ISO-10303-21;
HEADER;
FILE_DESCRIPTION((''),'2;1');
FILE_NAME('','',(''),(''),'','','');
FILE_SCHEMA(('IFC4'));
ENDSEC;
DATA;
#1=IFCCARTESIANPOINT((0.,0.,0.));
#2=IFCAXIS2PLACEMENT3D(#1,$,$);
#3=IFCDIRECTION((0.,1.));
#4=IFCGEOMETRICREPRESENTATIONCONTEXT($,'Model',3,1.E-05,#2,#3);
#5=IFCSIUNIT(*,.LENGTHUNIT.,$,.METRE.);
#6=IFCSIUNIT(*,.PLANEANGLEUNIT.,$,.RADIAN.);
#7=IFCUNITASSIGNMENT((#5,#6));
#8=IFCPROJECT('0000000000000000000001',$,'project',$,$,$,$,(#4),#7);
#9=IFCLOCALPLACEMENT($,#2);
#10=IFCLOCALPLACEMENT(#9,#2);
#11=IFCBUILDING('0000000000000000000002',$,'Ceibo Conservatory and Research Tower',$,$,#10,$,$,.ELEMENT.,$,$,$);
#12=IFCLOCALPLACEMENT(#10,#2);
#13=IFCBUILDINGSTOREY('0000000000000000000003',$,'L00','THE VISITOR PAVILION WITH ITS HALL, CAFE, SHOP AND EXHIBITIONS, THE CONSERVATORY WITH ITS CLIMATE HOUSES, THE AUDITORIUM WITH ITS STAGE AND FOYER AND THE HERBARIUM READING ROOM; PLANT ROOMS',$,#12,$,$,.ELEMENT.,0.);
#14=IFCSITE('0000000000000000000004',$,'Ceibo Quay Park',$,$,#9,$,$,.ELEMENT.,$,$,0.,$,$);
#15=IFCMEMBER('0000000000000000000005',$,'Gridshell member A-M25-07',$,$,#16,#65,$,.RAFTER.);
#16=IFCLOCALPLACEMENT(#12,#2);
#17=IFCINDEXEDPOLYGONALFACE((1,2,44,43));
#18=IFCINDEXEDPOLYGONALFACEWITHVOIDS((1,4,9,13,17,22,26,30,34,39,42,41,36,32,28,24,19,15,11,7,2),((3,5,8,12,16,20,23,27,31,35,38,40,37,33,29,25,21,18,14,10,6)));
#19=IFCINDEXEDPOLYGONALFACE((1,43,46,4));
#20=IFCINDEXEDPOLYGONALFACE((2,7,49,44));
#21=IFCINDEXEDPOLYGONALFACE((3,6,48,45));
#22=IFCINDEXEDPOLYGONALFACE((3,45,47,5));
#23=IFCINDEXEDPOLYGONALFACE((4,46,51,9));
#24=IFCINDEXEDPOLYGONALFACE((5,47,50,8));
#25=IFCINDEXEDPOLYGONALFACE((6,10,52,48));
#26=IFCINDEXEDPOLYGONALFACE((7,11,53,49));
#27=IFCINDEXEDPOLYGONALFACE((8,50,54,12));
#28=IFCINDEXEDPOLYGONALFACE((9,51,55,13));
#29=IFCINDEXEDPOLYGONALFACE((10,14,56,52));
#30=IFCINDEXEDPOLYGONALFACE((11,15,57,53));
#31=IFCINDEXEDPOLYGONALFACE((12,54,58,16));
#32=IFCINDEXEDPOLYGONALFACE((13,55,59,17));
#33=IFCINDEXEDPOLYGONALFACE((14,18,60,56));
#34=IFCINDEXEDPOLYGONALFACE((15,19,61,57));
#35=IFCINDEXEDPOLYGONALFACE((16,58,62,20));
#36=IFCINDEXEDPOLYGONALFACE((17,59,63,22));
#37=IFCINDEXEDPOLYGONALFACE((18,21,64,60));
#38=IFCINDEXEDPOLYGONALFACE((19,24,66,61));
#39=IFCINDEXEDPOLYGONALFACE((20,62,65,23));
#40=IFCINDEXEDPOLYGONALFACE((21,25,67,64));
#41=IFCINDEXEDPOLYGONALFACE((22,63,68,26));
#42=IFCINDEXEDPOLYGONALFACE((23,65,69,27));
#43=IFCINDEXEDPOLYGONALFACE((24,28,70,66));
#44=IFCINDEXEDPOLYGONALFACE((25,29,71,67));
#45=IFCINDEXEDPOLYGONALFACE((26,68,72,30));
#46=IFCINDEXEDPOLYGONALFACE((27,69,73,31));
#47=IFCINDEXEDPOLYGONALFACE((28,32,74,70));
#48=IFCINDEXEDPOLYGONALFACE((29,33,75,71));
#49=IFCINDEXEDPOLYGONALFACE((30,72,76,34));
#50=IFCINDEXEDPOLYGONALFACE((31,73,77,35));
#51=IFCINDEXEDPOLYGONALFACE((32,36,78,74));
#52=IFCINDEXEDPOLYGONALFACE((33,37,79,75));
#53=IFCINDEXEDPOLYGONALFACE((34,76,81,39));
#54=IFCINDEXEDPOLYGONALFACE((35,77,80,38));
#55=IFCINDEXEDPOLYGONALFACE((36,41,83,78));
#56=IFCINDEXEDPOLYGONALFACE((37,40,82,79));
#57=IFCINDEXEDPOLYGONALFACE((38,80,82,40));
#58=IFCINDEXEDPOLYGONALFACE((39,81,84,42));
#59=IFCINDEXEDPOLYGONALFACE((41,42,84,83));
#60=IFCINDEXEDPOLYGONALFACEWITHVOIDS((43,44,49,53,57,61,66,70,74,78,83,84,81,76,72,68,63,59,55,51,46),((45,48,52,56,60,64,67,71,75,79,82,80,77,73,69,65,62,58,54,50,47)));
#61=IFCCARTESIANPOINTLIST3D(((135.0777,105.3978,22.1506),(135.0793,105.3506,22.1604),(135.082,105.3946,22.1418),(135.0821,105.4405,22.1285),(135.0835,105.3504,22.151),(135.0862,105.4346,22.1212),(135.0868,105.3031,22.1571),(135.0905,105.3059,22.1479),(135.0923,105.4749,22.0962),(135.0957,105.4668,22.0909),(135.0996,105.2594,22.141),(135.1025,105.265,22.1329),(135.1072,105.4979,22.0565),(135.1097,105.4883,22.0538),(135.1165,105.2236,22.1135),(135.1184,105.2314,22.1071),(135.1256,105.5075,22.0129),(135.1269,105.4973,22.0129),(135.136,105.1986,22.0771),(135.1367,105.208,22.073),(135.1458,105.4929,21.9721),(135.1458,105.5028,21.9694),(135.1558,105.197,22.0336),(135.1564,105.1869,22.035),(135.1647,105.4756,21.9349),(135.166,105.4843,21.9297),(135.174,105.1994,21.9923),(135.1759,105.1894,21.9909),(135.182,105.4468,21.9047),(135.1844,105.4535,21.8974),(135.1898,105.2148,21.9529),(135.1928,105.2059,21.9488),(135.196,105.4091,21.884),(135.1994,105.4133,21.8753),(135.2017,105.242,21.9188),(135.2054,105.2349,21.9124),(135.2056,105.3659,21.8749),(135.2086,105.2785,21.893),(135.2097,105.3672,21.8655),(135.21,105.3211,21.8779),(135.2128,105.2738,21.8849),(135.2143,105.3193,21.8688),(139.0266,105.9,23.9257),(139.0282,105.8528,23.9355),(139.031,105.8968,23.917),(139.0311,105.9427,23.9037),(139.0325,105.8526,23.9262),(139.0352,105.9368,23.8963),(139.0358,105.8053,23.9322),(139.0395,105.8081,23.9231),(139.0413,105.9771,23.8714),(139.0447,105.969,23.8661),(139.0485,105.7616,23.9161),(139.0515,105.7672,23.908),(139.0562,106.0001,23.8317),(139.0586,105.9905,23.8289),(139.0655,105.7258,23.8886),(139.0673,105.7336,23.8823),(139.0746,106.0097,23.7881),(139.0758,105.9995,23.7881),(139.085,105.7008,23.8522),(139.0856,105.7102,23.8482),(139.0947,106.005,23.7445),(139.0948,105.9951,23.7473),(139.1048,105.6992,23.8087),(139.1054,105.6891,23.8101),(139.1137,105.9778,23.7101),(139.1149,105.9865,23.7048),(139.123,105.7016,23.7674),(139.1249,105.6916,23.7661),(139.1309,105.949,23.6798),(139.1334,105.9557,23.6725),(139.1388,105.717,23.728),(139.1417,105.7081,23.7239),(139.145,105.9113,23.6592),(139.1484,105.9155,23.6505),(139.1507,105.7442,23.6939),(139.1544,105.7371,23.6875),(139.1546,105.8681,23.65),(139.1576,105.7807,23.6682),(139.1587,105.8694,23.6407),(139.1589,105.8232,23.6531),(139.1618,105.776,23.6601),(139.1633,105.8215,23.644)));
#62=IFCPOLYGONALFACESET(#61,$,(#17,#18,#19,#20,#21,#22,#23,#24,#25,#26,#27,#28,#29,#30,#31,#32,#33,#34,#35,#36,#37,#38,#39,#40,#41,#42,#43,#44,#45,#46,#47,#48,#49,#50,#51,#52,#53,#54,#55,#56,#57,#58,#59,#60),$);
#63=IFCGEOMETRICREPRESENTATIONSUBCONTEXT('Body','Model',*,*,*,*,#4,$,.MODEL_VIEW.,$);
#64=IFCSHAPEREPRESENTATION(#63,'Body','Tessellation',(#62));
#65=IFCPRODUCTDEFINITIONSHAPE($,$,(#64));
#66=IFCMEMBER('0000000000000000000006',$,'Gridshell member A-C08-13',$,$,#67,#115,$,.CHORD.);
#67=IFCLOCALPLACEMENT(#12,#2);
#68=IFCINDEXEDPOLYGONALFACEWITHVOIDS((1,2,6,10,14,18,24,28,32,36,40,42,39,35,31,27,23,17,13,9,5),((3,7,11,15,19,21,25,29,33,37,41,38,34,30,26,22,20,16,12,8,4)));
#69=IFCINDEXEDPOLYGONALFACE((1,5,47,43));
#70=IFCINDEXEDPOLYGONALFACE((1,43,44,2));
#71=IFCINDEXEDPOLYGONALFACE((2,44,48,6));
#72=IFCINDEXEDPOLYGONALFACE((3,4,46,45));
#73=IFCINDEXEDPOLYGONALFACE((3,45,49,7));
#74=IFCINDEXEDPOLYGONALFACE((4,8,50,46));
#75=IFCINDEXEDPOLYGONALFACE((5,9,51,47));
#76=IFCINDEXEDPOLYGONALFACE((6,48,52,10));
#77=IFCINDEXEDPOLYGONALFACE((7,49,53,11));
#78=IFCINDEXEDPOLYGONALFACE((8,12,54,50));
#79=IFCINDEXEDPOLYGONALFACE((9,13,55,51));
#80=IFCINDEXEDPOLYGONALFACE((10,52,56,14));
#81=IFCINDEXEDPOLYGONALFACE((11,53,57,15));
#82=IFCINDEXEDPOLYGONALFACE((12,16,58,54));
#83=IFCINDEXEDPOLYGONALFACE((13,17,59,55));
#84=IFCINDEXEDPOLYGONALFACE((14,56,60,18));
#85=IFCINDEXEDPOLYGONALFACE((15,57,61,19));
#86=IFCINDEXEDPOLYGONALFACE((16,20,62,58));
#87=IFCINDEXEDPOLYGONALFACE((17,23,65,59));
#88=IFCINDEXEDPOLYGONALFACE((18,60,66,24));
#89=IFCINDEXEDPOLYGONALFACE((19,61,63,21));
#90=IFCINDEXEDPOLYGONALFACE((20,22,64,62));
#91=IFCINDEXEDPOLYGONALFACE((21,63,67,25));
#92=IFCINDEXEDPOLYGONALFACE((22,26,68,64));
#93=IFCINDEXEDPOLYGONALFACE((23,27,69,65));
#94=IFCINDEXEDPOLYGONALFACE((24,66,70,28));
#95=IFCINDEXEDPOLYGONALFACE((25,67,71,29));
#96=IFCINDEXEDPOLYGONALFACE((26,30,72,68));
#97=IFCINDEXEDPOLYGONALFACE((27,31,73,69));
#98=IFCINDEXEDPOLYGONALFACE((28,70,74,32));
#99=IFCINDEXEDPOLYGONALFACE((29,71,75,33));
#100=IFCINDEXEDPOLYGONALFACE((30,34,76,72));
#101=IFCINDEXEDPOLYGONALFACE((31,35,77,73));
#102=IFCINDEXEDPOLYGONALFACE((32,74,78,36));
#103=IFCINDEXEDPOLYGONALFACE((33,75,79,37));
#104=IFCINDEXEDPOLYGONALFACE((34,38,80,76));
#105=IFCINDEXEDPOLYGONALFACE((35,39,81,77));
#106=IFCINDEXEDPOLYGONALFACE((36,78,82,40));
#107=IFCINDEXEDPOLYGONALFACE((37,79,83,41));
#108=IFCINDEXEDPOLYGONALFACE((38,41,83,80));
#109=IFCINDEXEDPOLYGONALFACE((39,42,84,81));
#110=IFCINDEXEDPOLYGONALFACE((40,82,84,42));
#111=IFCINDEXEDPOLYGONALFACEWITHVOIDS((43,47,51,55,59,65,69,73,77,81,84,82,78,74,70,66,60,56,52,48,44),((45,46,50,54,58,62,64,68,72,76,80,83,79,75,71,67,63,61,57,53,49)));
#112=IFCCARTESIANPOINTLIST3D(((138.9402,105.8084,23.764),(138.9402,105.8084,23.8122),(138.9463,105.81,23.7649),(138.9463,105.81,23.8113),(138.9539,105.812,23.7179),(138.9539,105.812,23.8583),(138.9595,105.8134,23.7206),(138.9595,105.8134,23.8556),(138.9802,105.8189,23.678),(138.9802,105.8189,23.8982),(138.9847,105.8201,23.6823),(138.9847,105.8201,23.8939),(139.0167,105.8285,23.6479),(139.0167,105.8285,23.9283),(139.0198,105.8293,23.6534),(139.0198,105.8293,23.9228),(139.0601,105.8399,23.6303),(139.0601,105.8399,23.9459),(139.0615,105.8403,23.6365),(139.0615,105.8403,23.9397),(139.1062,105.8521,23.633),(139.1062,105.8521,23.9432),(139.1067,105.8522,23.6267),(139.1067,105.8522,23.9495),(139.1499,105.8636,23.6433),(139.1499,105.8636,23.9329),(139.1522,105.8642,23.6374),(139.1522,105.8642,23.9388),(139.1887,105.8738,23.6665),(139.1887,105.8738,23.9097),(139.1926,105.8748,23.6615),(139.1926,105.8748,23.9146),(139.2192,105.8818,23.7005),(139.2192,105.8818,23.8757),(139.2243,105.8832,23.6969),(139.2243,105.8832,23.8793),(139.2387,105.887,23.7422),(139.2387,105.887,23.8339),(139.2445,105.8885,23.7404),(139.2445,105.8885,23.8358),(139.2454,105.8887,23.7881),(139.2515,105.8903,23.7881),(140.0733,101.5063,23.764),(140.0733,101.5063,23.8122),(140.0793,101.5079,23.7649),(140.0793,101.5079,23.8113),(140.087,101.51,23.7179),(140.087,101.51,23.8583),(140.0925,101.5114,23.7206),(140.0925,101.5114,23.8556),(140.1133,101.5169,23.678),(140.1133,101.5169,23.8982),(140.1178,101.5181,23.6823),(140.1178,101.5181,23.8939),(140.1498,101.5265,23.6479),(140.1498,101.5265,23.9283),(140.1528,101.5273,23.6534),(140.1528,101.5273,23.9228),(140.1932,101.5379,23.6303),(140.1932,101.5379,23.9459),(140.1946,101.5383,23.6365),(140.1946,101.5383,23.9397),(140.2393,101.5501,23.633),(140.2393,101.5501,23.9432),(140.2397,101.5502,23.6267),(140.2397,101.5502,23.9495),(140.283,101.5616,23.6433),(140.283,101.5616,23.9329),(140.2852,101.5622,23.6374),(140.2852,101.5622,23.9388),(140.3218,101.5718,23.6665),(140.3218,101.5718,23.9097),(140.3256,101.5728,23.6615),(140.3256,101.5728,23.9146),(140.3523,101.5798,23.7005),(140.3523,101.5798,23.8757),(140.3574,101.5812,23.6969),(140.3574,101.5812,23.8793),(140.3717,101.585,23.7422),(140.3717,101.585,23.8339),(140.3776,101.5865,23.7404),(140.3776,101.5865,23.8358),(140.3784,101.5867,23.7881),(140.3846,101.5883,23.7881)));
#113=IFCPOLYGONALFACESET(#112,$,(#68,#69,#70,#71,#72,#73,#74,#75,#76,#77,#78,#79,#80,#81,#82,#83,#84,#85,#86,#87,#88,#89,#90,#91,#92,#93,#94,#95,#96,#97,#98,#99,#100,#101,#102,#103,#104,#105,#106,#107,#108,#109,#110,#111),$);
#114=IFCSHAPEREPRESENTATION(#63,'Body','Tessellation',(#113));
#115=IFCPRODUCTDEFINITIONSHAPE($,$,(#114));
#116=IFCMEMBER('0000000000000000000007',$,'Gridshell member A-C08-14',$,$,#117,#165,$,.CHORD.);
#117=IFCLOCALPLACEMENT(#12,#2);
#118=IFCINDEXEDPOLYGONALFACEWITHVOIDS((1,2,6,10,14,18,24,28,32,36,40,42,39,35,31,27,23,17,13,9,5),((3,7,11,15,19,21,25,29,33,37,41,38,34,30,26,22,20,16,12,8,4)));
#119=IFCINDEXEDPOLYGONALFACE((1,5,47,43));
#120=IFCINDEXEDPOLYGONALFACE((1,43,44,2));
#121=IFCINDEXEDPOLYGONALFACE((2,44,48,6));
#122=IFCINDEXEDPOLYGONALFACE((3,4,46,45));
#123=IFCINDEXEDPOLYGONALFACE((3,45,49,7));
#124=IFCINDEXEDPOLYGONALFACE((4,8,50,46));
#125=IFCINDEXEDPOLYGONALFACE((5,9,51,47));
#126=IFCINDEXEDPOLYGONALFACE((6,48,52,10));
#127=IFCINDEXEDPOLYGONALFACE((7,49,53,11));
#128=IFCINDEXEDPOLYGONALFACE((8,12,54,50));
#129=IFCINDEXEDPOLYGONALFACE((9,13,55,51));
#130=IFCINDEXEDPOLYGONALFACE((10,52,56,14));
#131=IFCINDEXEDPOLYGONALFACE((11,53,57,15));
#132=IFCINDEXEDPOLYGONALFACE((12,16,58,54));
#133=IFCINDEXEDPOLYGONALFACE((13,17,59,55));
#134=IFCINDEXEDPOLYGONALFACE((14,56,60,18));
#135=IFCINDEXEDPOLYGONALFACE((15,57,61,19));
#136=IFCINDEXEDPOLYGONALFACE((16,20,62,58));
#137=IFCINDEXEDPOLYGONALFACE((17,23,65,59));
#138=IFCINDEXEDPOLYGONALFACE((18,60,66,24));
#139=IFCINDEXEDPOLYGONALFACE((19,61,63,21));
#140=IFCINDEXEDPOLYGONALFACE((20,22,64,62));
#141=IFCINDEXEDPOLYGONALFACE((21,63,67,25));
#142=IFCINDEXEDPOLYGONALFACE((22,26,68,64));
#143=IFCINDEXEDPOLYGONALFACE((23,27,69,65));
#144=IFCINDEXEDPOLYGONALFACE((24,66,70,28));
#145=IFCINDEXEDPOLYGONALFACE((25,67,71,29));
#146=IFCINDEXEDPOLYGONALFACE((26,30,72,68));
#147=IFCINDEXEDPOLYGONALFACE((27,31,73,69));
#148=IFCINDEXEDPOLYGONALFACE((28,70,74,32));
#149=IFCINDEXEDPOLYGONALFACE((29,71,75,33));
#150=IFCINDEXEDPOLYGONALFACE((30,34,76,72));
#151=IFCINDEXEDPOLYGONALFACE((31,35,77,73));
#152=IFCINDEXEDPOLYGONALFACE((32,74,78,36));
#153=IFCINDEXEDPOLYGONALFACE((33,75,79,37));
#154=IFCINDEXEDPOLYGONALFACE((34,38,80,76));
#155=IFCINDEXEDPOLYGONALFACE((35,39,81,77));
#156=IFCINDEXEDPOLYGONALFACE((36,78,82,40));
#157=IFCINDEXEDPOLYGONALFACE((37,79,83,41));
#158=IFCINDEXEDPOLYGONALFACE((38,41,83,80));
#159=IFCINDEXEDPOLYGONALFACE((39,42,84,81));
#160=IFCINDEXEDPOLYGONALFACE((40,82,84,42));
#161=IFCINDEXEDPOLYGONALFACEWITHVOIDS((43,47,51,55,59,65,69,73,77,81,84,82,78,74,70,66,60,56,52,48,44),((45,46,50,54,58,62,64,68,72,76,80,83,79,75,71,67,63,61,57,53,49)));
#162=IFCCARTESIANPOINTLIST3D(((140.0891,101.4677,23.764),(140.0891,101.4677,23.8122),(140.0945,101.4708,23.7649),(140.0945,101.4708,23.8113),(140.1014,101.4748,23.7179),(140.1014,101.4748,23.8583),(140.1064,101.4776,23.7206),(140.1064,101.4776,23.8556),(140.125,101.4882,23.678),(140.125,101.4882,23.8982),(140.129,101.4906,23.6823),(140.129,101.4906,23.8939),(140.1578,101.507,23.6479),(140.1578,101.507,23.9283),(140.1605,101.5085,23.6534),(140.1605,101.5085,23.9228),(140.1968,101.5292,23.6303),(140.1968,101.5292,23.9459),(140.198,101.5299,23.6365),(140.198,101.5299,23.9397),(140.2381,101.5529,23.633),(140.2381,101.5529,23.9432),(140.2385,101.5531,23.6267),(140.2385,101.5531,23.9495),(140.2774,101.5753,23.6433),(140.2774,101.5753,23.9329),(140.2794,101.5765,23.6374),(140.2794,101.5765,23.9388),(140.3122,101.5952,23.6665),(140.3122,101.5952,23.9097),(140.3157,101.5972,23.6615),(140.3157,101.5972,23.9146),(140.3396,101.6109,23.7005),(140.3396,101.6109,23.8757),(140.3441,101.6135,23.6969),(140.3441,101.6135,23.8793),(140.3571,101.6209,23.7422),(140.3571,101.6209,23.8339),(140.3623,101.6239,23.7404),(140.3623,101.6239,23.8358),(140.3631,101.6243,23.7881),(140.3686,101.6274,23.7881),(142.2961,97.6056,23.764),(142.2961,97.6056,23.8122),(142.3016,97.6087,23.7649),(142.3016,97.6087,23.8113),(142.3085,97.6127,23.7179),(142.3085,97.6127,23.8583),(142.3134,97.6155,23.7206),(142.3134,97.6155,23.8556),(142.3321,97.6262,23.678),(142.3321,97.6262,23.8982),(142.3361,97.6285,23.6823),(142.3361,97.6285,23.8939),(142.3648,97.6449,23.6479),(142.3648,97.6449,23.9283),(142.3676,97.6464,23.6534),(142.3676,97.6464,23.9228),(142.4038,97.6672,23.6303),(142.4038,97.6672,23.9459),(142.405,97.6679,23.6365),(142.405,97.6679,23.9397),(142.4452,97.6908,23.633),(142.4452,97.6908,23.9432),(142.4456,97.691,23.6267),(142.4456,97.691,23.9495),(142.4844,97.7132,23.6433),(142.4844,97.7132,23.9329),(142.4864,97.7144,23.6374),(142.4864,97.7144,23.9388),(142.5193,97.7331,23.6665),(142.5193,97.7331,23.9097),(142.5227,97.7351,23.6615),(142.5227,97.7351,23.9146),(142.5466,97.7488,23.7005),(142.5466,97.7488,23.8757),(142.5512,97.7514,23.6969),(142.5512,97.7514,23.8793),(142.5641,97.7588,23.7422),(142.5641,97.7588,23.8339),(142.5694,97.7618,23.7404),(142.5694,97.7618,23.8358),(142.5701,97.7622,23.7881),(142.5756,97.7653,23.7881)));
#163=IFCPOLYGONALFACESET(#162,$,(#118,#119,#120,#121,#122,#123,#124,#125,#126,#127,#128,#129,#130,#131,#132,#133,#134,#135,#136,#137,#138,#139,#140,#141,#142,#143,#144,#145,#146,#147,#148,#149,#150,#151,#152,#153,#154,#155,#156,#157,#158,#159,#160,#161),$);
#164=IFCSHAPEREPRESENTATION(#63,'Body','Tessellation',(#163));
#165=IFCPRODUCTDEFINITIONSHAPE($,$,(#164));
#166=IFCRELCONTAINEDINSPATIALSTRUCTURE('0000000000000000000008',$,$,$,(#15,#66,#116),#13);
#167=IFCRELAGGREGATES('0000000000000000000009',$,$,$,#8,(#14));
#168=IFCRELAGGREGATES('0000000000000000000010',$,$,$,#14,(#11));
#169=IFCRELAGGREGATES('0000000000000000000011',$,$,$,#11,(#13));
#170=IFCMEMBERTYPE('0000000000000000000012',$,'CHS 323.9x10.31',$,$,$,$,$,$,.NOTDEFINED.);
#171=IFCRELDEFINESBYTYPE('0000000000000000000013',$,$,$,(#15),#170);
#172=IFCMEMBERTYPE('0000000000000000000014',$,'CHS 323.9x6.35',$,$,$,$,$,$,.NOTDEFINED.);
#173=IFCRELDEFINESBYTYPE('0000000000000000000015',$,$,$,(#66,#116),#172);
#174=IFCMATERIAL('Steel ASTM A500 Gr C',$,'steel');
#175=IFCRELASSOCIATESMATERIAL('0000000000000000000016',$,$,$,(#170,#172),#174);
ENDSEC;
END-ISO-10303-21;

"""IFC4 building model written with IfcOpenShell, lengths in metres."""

from ifc_helpers import new_model, si_unit, direction, frame, origin, origin_2d, place, context, subcontext, project, spatial, hollow_circle, extrude, material, material_profile, profile_set, type_object, element, save


model = new_model("IFC4")

# Units and contexts
model_context = context("Model", 3, precision=1e-05, world=origin(), true_north=direction((0.0, 1.0)))
body_context = subcontext(model_context, "Body", "Model", "MODEL_VIEW")
ifc_project = project(units=[si_unit("LENGTHUNIT", "METRE"), si_unit("PLANEANGLEUNIT", "RADIAN")], contexts=[model_context])

# Site, building, storey
site_placement = place(None, origin())
site = spatial("IfcSite", under=ifc_project, at=site_placement, Name="Ceibo Quay Park", CompositionType="ELEMENT", RefElevation=0.0)
building_placement = place(site_placement, origin())
building = spatial("IfcBuilding", under=site, at=building_placement, Name="Ceibo Conservatory and Research Tower", CompositionType="ELEMENT")
storey_placement = place(building_placement, origin())
storey = spatial("IfcBuildingStorey", under=building, at=storey_placement, Name="L00", Description="THE VISITOR PAVILION WITH ITS HALL, CAFE, SHOP AND EXHIBITIONS, THE CONSERVATORY WITH ITS CLIMATE HOUSES, THE AUDITORIUM WITH ITS STAGE AND FOYER AND THE HERBARIUM READING ROOM; PLANT ROOMS", CompositionType="ELEMENT", Elevation=0.0)

# Members
ifc_material_1 = material(Name="Steel ASTM A500 Gr C", Category="steel")
ifc_material_profile_1 = material_profile(ifc_material_1, hollow_circle(Radius=0.1619, WallThickness=0.0103, at=origin_2d()), Name="CHS 323.9x10.31")
ifc_profile_set_1 = profile_set([ifc_material_profile_1], Name="Steel ASTM A500 Gr C")
member_type_1 = type_object("IfcMemberType", Name="CHS 323.9x10.31", PredefinedType="NOTDEFINED", material=ifc_profile_set_1)
member_1_placement = place(storey_placement, frame((135.146, 105.3469, 22.0129), z_axis=(0.906011, 0.115219, 0.407271), x_axis=(-0.126156, 0.99201, 0.0)))
element("IfcMember", 1, at=member_1_placement, inside=storey, type_object=member_type_1, Name="Gridshell member A-M25-07", PredefinedType="RAFTER", context=body_context, shape_type="SweptSolid", body=[
    extrude(hollow_circle(Radius=0.1619, WallThickness=0.0103, at=origin_2d()), origin(), (0.0, 0.0, 1.0), 4.3586),
])
ifc_material_profile_2 = material_profile(ifc_material_1, hollow_circle(Radius=0.1619, WallThickness=0.0063, at=origin_2d()), Name="CHS 323.9x6.35")
ifc_profile_set_2 = profile_set([ifc_material_profile_2], Name="Steel ASTM A500 Gr C")
member_type_2 = type_object("IfcMemberType", Name="CHS 323.9x6.35", PredefinedType="NOTDEFINED", material=ifc_profile_set_2)
member_2_placement = place(storey_placement, frame((139.095, 105.8491, 23.7881), z_axis=(0.254693, -0.967022, 0.0), x_axis=(0.967022, 0.254693, 0.0)))
element("IfcMember", 2, at=member_2_placement, inside=storey, type_object=member_type_2, Name="Gridshell member A-C08-13", PredefinedType="CHORD", context=body_context, shape_type="SweptSolid", body=[
    extrude(hollow_circle(Radius=0.1619, WallThickness=0.0063, at=origin_2d()), origin(), (0.0, 0.0, 1.0), 4.4487),
])
member_3_placement = place(storey_placement, frame((140.228, 101.5471, 23.7881), z_axis=(0.496163, -0.86823, 0.0), x_axis=(0.86823, 0.496163, 0.0)))
element("IfcMember", 3, at=member_3_placement, inside=storey, type_object=member_type_2, Name="Gridshell member A-C08-14", PredefinedType="CHORD", context=body_context, shape_type="SweptSolid", body=[
    extrude(hollow_circle(Radius=0.1619, WallThickness=0.0063, at=origin_2d()), origin(), (0.0, 0.0, 1.0), 4.4482),
])

save(model, "model.ifc")
